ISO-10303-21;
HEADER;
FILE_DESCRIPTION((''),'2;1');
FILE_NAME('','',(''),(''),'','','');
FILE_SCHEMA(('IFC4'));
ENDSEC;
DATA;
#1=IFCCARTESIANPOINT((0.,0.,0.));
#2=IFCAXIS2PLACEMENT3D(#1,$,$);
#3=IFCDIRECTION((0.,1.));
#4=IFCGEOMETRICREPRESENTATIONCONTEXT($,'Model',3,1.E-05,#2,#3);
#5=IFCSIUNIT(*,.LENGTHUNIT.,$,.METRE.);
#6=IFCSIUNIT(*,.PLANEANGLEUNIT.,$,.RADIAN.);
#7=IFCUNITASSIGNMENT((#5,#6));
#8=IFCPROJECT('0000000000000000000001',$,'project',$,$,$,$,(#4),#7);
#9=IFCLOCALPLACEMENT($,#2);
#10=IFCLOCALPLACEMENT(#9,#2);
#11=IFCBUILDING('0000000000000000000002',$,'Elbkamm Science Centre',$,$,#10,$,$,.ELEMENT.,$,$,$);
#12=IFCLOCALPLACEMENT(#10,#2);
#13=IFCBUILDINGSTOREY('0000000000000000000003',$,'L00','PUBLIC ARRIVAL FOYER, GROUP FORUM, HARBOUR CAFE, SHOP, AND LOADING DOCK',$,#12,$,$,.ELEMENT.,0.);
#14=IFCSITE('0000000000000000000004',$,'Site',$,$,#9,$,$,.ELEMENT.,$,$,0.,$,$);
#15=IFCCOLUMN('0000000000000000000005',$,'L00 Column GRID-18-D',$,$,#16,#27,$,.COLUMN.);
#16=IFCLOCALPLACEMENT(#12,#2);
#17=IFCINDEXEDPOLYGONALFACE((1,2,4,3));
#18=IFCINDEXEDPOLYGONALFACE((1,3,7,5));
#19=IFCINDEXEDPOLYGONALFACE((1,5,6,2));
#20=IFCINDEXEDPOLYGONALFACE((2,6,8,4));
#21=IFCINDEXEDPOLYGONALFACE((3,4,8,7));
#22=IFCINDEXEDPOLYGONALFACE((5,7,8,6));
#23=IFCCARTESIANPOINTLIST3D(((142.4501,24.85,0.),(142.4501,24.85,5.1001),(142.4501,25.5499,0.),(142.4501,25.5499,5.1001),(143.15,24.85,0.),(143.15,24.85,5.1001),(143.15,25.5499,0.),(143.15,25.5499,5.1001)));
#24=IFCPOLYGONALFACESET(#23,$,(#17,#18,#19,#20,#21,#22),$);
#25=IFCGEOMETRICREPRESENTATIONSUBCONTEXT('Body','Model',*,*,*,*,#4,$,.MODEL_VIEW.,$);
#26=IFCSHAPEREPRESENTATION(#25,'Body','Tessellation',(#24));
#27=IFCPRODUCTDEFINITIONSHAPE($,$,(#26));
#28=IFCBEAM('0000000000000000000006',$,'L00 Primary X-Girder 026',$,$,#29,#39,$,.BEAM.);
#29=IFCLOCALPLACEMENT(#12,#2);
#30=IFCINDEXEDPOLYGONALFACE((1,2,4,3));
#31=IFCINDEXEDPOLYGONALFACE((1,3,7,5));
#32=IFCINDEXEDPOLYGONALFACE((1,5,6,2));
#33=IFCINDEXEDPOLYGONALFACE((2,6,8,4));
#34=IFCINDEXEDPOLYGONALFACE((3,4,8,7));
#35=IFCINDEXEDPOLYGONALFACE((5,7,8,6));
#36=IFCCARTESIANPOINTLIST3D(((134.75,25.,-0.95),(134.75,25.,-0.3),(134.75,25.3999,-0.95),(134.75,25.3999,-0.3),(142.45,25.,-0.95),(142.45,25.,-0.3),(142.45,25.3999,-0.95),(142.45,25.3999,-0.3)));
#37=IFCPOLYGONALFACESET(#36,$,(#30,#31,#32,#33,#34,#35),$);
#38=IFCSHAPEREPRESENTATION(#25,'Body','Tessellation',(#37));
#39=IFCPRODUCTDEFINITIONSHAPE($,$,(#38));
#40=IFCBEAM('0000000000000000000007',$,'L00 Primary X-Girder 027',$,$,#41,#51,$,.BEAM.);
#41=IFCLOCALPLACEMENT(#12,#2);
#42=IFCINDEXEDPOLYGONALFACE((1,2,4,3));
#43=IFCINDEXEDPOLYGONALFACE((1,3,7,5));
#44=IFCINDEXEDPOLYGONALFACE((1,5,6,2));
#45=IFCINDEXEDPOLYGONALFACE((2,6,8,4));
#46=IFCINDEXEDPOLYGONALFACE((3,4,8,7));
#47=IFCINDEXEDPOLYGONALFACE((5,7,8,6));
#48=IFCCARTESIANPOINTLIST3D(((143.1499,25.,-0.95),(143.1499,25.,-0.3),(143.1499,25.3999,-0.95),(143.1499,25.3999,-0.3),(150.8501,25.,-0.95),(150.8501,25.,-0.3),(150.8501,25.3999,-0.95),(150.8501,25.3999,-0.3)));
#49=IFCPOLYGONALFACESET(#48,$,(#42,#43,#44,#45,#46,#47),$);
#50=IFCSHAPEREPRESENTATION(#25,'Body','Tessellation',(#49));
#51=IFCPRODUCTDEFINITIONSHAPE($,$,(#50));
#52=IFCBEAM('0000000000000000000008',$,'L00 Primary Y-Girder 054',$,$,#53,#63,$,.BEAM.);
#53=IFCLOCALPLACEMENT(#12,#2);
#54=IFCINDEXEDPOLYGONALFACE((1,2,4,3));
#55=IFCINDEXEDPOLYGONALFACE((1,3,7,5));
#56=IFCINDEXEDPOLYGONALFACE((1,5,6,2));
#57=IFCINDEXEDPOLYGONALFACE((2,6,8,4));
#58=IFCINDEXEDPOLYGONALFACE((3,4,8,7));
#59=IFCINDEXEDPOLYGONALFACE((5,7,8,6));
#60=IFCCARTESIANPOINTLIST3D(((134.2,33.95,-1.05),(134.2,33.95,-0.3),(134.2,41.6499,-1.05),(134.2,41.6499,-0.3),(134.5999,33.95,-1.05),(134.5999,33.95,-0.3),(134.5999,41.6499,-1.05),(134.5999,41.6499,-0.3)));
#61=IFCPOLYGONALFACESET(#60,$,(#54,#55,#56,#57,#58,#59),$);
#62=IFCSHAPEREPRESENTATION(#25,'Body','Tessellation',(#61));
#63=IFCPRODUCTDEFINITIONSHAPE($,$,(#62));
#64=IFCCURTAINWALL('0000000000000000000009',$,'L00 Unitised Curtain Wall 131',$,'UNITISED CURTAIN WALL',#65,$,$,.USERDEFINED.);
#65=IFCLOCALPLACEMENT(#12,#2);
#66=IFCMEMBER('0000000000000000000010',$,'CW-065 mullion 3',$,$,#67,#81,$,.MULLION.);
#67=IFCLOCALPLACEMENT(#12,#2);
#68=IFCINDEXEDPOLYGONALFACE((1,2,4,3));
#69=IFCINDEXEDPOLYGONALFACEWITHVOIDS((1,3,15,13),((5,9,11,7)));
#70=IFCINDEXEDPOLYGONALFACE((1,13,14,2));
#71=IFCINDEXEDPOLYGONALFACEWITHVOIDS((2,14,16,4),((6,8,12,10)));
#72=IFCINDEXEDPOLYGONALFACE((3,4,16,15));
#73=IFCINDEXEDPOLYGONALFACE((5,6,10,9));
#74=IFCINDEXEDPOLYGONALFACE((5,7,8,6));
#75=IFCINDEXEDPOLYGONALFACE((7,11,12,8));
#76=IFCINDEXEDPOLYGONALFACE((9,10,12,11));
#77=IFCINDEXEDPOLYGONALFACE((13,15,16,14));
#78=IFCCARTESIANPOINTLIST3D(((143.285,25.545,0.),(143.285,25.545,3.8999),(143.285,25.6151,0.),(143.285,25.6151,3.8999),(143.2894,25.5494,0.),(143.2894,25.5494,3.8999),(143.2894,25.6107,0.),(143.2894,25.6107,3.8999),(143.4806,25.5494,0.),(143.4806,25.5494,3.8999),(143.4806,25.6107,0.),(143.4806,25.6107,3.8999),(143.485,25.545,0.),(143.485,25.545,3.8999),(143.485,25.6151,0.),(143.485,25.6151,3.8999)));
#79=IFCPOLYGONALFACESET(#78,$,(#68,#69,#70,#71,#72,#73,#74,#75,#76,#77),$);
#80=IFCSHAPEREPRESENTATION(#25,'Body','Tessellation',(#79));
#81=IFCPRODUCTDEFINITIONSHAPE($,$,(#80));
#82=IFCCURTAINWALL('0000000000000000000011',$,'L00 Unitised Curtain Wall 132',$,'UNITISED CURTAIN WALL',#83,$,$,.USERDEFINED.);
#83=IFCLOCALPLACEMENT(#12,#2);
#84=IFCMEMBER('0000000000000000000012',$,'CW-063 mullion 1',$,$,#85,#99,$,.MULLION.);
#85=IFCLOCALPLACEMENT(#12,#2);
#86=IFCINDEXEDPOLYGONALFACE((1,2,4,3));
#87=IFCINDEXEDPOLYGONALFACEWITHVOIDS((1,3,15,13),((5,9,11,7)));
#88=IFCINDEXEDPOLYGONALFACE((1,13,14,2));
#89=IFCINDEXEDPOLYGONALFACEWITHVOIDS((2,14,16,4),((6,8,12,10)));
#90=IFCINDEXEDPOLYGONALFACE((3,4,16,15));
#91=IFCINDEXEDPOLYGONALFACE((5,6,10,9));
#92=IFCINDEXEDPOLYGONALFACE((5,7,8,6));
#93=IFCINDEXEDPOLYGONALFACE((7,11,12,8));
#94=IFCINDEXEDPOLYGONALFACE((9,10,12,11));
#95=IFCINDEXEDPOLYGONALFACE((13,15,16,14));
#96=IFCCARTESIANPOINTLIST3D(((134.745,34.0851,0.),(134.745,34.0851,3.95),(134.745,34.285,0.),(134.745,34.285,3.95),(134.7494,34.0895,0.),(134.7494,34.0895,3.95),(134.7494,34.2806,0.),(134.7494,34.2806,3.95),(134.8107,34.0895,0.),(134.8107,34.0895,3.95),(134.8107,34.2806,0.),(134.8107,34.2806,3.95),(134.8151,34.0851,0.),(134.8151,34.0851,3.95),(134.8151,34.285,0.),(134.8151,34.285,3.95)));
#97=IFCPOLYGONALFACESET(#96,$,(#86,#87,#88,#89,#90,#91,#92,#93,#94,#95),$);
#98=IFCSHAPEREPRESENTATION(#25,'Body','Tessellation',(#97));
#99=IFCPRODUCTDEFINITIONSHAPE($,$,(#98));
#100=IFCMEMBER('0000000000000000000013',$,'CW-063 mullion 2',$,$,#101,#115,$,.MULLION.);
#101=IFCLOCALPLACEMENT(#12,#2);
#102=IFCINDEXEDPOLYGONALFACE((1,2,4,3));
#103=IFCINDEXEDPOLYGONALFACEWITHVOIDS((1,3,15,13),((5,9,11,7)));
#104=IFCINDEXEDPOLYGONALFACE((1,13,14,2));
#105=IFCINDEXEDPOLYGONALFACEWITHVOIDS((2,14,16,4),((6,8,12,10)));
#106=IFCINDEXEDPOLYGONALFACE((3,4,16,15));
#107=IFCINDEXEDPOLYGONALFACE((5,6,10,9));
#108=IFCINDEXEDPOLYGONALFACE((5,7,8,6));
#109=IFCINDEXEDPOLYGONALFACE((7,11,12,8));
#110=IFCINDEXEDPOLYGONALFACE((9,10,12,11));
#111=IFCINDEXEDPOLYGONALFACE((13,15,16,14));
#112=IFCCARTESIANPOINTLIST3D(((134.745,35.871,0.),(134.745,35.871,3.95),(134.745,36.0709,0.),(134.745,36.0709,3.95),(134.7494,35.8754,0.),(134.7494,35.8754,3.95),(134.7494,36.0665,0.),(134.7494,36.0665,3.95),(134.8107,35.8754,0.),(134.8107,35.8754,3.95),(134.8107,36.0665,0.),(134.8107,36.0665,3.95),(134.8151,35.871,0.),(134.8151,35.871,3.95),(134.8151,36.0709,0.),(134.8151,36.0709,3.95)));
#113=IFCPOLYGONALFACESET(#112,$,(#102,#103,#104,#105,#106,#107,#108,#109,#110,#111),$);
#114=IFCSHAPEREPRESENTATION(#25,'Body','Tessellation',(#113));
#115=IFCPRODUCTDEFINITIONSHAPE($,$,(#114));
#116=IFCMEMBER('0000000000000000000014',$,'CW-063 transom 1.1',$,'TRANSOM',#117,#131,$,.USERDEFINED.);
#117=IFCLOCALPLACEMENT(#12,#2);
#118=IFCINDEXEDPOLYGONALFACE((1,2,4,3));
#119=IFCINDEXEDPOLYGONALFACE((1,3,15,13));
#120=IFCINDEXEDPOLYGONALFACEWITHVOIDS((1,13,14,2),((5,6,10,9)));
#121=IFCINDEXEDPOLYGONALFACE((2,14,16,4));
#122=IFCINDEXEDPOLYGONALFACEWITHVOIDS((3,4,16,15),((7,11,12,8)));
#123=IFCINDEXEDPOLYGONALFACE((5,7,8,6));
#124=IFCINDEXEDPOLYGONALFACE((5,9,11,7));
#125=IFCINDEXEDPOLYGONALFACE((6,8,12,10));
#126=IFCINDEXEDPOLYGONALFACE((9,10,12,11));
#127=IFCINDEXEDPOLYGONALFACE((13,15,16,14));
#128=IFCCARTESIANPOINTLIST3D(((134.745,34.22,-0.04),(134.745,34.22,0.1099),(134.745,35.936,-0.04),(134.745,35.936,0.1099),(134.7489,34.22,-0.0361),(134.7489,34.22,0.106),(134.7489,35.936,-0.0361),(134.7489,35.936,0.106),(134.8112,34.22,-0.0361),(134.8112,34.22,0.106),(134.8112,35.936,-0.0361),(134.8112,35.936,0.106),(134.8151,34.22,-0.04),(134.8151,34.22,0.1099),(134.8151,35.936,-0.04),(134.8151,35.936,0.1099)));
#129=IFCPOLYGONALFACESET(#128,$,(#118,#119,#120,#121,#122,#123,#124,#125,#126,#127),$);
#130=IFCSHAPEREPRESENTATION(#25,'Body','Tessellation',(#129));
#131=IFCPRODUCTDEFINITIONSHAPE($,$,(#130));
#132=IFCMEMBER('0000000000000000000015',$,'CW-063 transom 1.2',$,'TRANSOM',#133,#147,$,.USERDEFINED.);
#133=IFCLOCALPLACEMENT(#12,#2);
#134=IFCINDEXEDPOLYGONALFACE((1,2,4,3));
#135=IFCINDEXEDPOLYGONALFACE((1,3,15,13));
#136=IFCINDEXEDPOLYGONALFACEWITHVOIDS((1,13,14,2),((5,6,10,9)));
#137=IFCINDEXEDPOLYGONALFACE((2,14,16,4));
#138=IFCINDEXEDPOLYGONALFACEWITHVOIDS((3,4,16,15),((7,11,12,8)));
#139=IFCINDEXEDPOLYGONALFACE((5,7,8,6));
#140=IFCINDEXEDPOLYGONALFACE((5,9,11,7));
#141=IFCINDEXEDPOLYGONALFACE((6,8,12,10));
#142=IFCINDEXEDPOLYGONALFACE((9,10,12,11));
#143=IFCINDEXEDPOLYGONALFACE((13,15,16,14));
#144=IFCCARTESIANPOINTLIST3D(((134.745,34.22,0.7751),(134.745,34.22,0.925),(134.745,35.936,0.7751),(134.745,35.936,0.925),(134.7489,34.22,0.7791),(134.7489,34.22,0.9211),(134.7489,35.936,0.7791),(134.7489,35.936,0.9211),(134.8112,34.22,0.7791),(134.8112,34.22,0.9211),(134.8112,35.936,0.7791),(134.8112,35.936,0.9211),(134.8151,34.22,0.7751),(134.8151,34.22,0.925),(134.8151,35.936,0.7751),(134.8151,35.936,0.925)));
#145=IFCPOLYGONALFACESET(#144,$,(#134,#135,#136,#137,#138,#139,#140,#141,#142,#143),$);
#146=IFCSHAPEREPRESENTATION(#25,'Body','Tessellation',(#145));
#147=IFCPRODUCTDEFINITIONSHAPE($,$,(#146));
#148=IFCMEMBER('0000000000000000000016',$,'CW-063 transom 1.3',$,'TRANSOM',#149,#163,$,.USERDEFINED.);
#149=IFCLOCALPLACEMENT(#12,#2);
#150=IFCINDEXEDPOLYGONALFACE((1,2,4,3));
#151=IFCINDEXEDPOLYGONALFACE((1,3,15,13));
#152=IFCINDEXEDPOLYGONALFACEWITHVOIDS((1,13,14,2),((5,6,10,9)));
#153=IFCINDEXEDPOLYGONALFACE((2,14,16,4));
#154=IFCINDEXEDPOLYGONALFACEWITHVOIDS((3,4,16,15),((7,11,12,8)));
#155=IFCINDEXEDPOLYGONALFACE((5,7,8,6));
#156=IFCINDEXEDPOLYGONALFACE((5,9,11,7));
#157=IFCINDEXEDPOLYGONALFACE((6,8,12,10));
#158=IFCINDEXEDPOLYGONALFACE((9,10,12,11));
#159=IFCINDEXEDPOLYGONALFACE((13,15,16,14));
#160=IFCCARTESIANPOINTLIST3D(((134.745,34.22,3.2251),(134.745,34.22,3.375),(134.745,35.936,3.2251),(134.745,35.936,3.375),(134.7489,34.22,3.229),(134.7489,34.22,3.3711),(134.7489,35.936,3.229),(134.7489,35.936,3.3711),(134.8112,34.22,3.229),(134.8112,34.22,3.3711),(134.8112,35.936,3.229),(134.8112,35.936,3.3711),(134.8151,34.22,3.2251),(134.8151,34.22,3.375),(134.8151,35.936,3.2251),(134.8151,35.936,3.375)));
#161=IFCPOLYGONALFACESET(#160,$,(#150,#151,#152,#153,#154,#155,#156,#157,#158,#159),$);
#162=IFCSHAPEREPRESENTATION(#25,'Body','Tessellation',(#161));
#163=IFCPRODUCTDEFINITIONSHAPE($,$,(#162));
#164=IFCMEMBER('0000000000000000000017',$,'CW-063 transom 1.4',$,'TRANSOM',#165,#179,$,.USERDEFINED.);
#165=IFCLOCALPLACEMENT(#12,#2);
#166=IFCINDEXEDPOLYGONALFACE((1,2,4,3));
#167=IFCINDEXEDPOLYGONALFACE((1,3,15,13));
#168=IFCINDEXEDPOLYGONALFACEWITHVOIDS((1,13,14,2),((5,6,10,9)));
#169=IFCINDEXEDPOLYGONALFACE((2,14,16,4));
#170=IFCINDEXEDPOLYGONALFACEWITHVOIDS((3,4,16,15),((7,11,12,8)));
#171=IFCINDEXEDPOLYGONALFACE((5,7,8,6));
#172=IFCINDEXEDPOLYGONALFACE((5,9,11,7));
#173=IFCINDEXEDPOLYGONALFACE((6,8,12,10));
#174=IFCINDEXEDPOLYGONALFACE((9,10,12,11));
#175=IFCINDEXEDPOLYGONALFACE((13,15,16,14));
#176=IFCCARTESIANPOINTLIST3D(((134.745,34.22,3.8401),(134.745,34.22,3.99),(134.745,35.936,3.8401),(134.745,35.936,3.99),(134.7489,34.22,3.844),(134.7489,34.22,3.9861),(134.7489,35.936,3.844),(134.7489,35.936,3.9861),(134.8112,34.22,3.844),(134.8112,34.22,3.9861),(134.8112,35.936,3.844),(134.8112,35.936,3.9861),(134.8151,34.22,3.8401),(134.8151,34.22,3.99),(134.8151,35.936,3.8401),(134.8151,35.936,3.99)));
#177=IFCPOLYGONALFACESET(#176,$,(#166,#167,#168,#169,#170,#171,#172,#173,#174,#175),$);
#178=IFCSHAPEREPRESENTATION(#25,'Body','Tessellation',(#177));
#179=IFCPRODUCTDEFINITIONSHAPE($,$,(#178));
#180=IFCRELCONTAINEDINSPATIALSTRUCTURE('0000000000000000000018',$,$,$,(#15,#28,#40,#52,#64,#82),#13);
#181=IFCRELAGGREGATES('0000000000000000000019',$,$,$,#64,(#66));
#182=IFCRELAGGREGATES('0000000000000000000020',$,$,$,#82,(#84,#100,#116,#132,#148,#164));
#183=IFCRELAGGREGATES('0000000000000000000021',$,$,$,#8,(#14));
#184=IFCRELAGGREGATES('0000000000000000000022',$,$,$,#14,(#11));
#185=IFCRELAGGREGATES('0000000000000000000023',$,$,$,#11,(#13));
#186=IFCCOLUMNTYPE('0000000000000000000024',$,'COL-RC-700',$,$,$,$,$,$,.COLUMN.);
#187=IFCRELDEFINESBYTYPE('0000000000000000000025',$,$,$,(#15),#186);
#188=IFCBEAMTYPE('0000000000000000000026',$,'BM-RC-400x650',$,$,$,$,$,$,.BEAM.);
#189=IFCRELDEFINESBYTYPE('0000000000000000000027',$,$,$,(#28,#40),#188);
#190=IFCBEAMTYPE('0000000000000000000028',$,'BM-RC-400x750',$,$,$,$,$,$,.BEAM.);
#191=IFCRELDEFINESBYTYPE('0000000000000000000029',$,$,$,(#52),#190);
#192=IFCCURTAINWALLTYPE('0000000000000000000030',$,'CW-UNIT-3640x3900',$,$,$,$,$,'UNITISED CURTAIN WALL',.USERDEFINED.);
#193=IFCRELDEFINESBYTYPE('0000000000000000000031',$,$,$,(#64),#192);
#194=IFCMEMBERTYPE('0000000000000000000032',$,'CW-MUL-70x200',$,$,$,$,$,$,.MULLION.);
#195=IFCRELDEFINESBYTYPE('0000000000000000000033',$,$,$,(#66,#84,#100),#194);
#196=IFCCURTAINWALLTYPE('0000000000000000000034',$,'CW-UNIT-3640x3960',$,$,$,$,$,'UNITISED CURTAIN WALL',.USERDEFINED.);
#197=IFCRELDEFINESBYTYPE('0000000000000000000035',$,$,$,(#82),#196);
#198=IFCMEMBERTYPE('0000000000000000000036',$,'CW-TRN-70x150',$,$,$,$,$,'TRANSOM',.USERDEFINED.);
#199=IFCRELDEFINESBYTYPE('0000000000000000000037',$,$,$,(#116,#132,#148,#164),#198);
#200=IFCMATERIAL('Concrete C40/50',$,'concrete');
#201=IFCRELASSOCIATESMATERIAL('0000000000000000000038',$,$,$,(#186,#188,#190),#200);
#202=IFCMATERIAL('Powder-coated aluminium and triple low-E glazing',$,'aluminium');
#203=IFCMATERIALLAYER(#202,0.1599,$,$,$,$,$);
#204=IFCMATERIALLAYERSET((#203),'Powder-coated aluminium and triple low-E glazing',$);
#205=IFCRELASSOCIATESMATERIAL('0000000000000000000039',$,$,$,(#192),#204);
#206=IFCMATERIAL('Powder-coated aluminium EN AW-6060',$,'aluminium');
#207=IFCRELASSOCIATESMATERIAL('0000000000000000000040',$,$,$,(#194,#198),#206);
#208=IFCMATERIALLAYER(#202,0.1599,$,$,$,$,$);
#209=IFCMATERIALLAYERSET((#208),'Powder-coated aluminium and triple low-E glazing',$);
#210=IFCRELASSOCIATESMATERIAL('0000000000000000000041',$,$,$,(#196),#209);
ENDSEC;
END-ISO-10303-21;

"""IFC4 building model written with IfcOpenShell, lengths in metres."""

from ifc_helpers import new_model, si_unit, direction, frame, origin, origin_2d, place, context, subcontext, project, spatial, rectangle, hollow_rectangle, extrude, material, layer, layer_set, material_profile, profile_set, type_object, element, aggregate, save


model = new_model("IFC4")

# Units and contexts
model_context = context("Model", 3, precision=1e-05, world=origin(), true_north=direction((0.0, 1.0)))
body_context = subcontext(model_context, "Body", "Model", "MODEL_VIEW")
ifc_project = project(units=[si_unit("LENGTHUNIT", "METRE"), si_unit("PLANEANGLEUNIT", "RADIAN")], contexts=[model_context])

# Site, building, storey
site_placement = place(None, origin())
site = spatial("IfcSite", under=ifc_project, at=site_placement, Name="Site", CompositionType="ELEMENT", RefElevation=0.0)
building_placement = place(site_placement, origin())
building = spatial("IfcBuilding", under=site, at=building_placement, Name="Elbkamm Science Centre", CompositionType="ELEMENT")
storey_placement = place(building_placement, origin())
storey = spatial("IfcBuildingStorey", under=building, at=storey_placement, Name="L00", Description="PUBLIC ARRIVAL FOYER, GROUP FORUM, HARBOUR CAFE, SHOP, AND LOADING DOCK", CompositionType="ELEMENT", Elevation=0.0)

# Column
ifc_material_1 = material(Name="Concrete C40/50", Category="concrete")
ifc_material_profile_1 = material_profile(ifc_material_1, rectangle(XDim=0.7, YDim=0.7, at=origin_2d()), Name="RC 700x700")
ifc_profile_set_1 = profile_set([ifc_material_profile_1], Name="Concrete C40/50")
column_type = type_object("IfcColumnType", Name="COL-RC-700", PredefinedType="COLUMN", material=ifc_profile_set_1)
column_placement = place(storey_placement, frame((142.8, 25.2, 0.0), z_axis=(0.0, 0.0, 1.0), x_axis=(1.0, 0.0, 0.0)))
element("IfcColumn", 1, at=column_placement, inside=storey, type_object=column_type, Name="L00 Column GRID-18-D", PredefinedType="COLUMN", context=body_context, shape_type="SweptSolid", body=[
    extrude(rectangle(XDim=0.7, YDim=0.7, at=origin_2d()), origin(), (0.0, 0.0, 1.0), 5.1001),
])

# Beams
ifc_material_profile_2 = material_profile(ifc_material_1, rectangle(XDim=0.3999, YDim=0.6499, at=origin_2d()), Name="RC 400x650")
ifc_profile_set_2 = profile_set([ifc_material_profile_2], Name="Concrete C40/50")
beam_type_1 = type_object("IfcBeamType", Name="BM-RC-400x650", PredefinedType="BEAM", material=ifc_profile_set_2)
beam_1_placement = place(storey_placement, frame((134.75, 25.2, -0.625), z_axis=(1.0, 0.0, 0.0), x_axis=(0.0, 1.0, 0.0)))
element("IfcBeam", 2, at=beam_1_placement, inside=storey, type_object=beam_type_1, Name="L00 Primary X-Girder 026", PredefinedType="BEAM", context=body_context, shape_type="SweptSolid", body=[
    extrude(rectangle(XDim=0.3999, YDim=0.6499, at=origin_2d()), origin(), (0.0, 0.0, 1.0), 7.7),
])
beam_2_placement = place(storey_placement, frame((143.1499, 25.2, -0.625), z_axis=(1.0, 0.0, 0.0), x_axis=(0.0, 1.0, 0.0)))
element("IfcBeam", 3, at=beam_2_placement, inside=storey, type_object=beam_type_1, Name="L00 Primary X-Girder 027", PredefinedType="BEAM", context=body_context, shape_type="SweptSolid", body=[
    extrude(rectangle(XDim=0.3999, YDim=0.6499, at=origin_2d()), origin(), (0.0, 0.0, 1.0), 7.7002),
])
ifc_material_profile_3 = material_profile(ifc_material_1, rectangle(XDim=0.3999, YDim=0.75, at=origin_2d()), Name="RC 400x750")
ifc_profile_set_3 = profile_set([ifc_material_profile_3], Name="Concrete C40/50")
beam_type_2 = type_object("IfcBeamType", Name="BM-RC-400x750", PredefinedType="BEAM", material=ifc_profile_set_3)
beam_3_placement = place(storey_placement, frame((134.3999, 33.95, -0.675), z_axis=(0.0, 1.0, 0.0), x_axis=(-1.0, 0.0, 0.0)))
element("IfcBeam", 4, at=beam_3_placement, inside=storey, type_object=beam_type_2, Name="L00 Primary Y-Girder 054", PredefinedType="BEAM", context=body_context, shape_type="SweptSolid", body=[
    extrude(rectangle(XDim=0.3999, YDim=0.75, at=origin_2d()), origin(), (0.0, 0.0, 1.0), 7.7),
])

# Curtain wall, member
ifc_material_2 = material(Name="Powder-coated aluminium and triple low-E glazing", Category="aluminium")
ifc_layer_1 = layer(ifc_material_2, 0.1599)
ifc_layer_set_1 = layer_set([ifc_layer_1], Name="Powder-coated aluminium and triple low-E glazing")
curtain_wall_type_1 = type_object("IfcCurtainWallType", Name="CW-UNIT-3640x3900", ElementType="UNITISED CURTAIN WALL", PredefinedType="USERDEFINED", material=ifc_layer_set_1)
curtain_wall_1_placement = place(storey_placement, origin())
curtain_wall_1 = element("IfcCurtainWall", 5, at=curtain_wall_1_placement, inside=storey, type_object=curtain_wall_type_1, Name="L00 Unitised Curtain Wall 131", ObjectType="UNITISED CURTAIN WALL", PredefinedType="USERDEFINED")
ifc_material_3 = material(Name="Powder-coated aluminium EN AW-6060", Category="aluminium")
ifc_material_profile_4 = material_profile(ifc_material_3, hollow_rectangle(XDim=0.0701, YDim=0.2, WallThickness=0.0044, at=origin_2d()), Name="ALU M70x200")
ifc_profile_set_4 = profile_set([ifc_material_profile_4], Name="Powder-coated aluminium EN AW-6060")
member_type_1 = type_object("IfcMemberType", Name="CW-MUL-70x200", PredefinedType="MULLION", material=ifc_profile_set_4)
member_1_placement = place(storey_placement, frame((143.385, 25.5801, 0.0), z_axis=(0.0, 0.0, 1.0), x_axis=(0.0, -1.0, 0.0)))
member_1 = element("IfcMember", 6, at=member_1_placement, type_object=member_type_1, Name="CW-065 mullion 3", PredefinedType="MULLION", context=body_context, shape_type="SweptSolid", body=[
    extrude(hollow_rectangle(XDim=0.0701, YDim=0.2, WallThickness=0.0044, at=origin_2d()), origin(), (0.0, 0.0, 1.0), 3.8999),
])

# Curtain wall, members
ifc_layer_2 = layer(ifc_material_2, 0.1599)
ifc_layer_set_2 = layer_set([ifc_layer_2], Name="Powder-coated aluminium and triple low-E glazing")
curtain_wall_type_2 = type_object("IfcCurtainWallType", Name="CW-UNIT-3640x3960", ElementType="UNITISED CURTAIN WALL", PredefinedType="USERDEFINED", material=ifc_layer_set_2)
curtain_wall_2_placement = place(storey_placement, origin())
curtain_wall_2 = element("IfcCurtainWall", 7, at=curtain_wall_2_placement, inside=storey, type_object=curtain_wall_type_2, Name="L00 Unitised Curtain Wall 132", ObjectType="UNITISED CURTAIN WALL", PredefinedType="USERDEFINED")
member_2_placement = place(storey_placement, frame((134.78, 34.1851, 0.0), z_axis=(0.0, 0.0, 1.0), x_axis=(-1.0, 0.0, 0.0)))
member_2 = element("IfcMember", 8, at=member_2_placement, type_object=member_type_1, Name="CW-063 mullion 1", PredefinedType="MULLION", context=body_context, shape_type="SweptSolid", body=[
    extrude(hollow_rectangle(XDim=0.0701, YDim=0.2, WallThickness=0.0044, at=origin_2d()), origin(), (0.0, 0.0, 1.0), 3.95),
])
member_3_placement = place(storey_placement, frame((134.78, 35.9709, 0.0), z_axis=(0.0, 0.0, 1.0), x_axis=(-1.0, 0.0, 0.0)))
member_3 = element("IfcMember", 9, at=member_3_placement, type_object=member_type_1, Name="CW-063 mullion 2", PredefinedType="MULLION", context=body_context, shape_type="SweptSolid", body=[
    extrude(hollow_rectangle(XDim=0.0701, YDim=0.2, WallThickness=0.0044, at=origin_2d()), origin(), (0.0, 0.0, 1.0), 3.95),
])
ifc_material_profile_5 = material_profile(ifc_material_3, hollow_rectangle(XDim=0.0701, YDim=0.1499, WallThickness=0.0039, at=origin_2d()), Name="ALU T70x150")
ifc_profile_set_5 = profile_set([ifc_material_profile_5], Name="Powder-coated aluminium EN AW-6060")
member_type_2 = type_object("IfcMemberType", Name="CW-TRN-70x150", ElementType="TRANSOM", PredefinedType="USERDEFINED", material=ifc_profile_set_5)
member_4_placement = place(storey_placement, frame((134.78, 34.22, 0.0349), z_axis=(0.0, 1.0, 0.0), x_axis=(-1.0, 0.0, 0.0)))
member_4 = element("IfcMember", 10, at=member_4_placement, type_object=member_type_2, Name="CW-063 transom 1.1", ObjectType="TRANSOM", PredefinedType="USERDEFINED", context=body_context, shape_type="SweptSolid", body=[
    extrude(hollow_rectangle(XDim=0.0701, YDim=0.1499, WallThickness=0.0039, at=origin_2d()), origin(), (0.0, 0.0, 1.0), 1.7161),
])
member_5_placement = place(storey_placement, frame((134.78, 34.22, 0.8501), z_axis=(0.0, 1.0, 0.0), x_axis=(-1.0, 0.0, 0.0)))
member_5 = element("IfcMember", 11, at=member_5_placement, type_object=member_type_2, Name="CW-063 transom 1.2", ObjectType="TRANSOM", PredefinedType="USERDEFINED", context=body_context, shape_type="SweptSolid", body=[
    extrude(hollow_rectangle(XDim=0.0701, YDim=0.1499, WallThickness=0.0039, at=origin_2d()), origin(), (0.0, 0.0, 1.0), 1.7161),
])
member_6_placement = place(storey_placement, frame((134.78, 34.22, 3.3), z_axis=(0.0, 1.0, 0.0), x_axis=(-1.0, 0.0, 0.0)))
member_6 = element("IfcMember", 12, at=member_6_placement, type_object=member_type_2, Name="CW-063 transom 1.3", ObjectType="TRANSOM", PredefinedType="USERDEFINED", context=body_context, shape_type="SweptSolid", body=[
    extrude(hollow_rectangle(XDim=0.0701, YDim=0.1499, WallThickness=0.0039, at=origin_2d()), origin(), (0.0, 0.0, 1.0), 1.7161),
])
member_7_placement = place(storey_placement, frame((134.78, 34.22, 3.915), z_axis=(0.0, 1.0, 0.0), x_axis=(-1.0, 0.0, 0.0)))
member_7 = element("IfcMember", 13, at=member_7_placement, type_object=member_type_2, Name="CW-063 transom 1.4", ObjectType="TRANSOM", PredefinedType="USERDEFINED", context=body_context, shape_type="SweptSolid", body=[
    extrude(hollow_rectangle(XDim=0.0701, YDim=0.1499, WallThickness=0.0039, at=origin_2d()), origin(), (0.0, 0.0, 1.0), 1.7161),
])

aggregate(curtain_wall_1, [member_1])
aggregate(curtain_wall_2, [member_2, member_3, member_4, member_5, member_6, member_7])

save(model, "model.ifc")
